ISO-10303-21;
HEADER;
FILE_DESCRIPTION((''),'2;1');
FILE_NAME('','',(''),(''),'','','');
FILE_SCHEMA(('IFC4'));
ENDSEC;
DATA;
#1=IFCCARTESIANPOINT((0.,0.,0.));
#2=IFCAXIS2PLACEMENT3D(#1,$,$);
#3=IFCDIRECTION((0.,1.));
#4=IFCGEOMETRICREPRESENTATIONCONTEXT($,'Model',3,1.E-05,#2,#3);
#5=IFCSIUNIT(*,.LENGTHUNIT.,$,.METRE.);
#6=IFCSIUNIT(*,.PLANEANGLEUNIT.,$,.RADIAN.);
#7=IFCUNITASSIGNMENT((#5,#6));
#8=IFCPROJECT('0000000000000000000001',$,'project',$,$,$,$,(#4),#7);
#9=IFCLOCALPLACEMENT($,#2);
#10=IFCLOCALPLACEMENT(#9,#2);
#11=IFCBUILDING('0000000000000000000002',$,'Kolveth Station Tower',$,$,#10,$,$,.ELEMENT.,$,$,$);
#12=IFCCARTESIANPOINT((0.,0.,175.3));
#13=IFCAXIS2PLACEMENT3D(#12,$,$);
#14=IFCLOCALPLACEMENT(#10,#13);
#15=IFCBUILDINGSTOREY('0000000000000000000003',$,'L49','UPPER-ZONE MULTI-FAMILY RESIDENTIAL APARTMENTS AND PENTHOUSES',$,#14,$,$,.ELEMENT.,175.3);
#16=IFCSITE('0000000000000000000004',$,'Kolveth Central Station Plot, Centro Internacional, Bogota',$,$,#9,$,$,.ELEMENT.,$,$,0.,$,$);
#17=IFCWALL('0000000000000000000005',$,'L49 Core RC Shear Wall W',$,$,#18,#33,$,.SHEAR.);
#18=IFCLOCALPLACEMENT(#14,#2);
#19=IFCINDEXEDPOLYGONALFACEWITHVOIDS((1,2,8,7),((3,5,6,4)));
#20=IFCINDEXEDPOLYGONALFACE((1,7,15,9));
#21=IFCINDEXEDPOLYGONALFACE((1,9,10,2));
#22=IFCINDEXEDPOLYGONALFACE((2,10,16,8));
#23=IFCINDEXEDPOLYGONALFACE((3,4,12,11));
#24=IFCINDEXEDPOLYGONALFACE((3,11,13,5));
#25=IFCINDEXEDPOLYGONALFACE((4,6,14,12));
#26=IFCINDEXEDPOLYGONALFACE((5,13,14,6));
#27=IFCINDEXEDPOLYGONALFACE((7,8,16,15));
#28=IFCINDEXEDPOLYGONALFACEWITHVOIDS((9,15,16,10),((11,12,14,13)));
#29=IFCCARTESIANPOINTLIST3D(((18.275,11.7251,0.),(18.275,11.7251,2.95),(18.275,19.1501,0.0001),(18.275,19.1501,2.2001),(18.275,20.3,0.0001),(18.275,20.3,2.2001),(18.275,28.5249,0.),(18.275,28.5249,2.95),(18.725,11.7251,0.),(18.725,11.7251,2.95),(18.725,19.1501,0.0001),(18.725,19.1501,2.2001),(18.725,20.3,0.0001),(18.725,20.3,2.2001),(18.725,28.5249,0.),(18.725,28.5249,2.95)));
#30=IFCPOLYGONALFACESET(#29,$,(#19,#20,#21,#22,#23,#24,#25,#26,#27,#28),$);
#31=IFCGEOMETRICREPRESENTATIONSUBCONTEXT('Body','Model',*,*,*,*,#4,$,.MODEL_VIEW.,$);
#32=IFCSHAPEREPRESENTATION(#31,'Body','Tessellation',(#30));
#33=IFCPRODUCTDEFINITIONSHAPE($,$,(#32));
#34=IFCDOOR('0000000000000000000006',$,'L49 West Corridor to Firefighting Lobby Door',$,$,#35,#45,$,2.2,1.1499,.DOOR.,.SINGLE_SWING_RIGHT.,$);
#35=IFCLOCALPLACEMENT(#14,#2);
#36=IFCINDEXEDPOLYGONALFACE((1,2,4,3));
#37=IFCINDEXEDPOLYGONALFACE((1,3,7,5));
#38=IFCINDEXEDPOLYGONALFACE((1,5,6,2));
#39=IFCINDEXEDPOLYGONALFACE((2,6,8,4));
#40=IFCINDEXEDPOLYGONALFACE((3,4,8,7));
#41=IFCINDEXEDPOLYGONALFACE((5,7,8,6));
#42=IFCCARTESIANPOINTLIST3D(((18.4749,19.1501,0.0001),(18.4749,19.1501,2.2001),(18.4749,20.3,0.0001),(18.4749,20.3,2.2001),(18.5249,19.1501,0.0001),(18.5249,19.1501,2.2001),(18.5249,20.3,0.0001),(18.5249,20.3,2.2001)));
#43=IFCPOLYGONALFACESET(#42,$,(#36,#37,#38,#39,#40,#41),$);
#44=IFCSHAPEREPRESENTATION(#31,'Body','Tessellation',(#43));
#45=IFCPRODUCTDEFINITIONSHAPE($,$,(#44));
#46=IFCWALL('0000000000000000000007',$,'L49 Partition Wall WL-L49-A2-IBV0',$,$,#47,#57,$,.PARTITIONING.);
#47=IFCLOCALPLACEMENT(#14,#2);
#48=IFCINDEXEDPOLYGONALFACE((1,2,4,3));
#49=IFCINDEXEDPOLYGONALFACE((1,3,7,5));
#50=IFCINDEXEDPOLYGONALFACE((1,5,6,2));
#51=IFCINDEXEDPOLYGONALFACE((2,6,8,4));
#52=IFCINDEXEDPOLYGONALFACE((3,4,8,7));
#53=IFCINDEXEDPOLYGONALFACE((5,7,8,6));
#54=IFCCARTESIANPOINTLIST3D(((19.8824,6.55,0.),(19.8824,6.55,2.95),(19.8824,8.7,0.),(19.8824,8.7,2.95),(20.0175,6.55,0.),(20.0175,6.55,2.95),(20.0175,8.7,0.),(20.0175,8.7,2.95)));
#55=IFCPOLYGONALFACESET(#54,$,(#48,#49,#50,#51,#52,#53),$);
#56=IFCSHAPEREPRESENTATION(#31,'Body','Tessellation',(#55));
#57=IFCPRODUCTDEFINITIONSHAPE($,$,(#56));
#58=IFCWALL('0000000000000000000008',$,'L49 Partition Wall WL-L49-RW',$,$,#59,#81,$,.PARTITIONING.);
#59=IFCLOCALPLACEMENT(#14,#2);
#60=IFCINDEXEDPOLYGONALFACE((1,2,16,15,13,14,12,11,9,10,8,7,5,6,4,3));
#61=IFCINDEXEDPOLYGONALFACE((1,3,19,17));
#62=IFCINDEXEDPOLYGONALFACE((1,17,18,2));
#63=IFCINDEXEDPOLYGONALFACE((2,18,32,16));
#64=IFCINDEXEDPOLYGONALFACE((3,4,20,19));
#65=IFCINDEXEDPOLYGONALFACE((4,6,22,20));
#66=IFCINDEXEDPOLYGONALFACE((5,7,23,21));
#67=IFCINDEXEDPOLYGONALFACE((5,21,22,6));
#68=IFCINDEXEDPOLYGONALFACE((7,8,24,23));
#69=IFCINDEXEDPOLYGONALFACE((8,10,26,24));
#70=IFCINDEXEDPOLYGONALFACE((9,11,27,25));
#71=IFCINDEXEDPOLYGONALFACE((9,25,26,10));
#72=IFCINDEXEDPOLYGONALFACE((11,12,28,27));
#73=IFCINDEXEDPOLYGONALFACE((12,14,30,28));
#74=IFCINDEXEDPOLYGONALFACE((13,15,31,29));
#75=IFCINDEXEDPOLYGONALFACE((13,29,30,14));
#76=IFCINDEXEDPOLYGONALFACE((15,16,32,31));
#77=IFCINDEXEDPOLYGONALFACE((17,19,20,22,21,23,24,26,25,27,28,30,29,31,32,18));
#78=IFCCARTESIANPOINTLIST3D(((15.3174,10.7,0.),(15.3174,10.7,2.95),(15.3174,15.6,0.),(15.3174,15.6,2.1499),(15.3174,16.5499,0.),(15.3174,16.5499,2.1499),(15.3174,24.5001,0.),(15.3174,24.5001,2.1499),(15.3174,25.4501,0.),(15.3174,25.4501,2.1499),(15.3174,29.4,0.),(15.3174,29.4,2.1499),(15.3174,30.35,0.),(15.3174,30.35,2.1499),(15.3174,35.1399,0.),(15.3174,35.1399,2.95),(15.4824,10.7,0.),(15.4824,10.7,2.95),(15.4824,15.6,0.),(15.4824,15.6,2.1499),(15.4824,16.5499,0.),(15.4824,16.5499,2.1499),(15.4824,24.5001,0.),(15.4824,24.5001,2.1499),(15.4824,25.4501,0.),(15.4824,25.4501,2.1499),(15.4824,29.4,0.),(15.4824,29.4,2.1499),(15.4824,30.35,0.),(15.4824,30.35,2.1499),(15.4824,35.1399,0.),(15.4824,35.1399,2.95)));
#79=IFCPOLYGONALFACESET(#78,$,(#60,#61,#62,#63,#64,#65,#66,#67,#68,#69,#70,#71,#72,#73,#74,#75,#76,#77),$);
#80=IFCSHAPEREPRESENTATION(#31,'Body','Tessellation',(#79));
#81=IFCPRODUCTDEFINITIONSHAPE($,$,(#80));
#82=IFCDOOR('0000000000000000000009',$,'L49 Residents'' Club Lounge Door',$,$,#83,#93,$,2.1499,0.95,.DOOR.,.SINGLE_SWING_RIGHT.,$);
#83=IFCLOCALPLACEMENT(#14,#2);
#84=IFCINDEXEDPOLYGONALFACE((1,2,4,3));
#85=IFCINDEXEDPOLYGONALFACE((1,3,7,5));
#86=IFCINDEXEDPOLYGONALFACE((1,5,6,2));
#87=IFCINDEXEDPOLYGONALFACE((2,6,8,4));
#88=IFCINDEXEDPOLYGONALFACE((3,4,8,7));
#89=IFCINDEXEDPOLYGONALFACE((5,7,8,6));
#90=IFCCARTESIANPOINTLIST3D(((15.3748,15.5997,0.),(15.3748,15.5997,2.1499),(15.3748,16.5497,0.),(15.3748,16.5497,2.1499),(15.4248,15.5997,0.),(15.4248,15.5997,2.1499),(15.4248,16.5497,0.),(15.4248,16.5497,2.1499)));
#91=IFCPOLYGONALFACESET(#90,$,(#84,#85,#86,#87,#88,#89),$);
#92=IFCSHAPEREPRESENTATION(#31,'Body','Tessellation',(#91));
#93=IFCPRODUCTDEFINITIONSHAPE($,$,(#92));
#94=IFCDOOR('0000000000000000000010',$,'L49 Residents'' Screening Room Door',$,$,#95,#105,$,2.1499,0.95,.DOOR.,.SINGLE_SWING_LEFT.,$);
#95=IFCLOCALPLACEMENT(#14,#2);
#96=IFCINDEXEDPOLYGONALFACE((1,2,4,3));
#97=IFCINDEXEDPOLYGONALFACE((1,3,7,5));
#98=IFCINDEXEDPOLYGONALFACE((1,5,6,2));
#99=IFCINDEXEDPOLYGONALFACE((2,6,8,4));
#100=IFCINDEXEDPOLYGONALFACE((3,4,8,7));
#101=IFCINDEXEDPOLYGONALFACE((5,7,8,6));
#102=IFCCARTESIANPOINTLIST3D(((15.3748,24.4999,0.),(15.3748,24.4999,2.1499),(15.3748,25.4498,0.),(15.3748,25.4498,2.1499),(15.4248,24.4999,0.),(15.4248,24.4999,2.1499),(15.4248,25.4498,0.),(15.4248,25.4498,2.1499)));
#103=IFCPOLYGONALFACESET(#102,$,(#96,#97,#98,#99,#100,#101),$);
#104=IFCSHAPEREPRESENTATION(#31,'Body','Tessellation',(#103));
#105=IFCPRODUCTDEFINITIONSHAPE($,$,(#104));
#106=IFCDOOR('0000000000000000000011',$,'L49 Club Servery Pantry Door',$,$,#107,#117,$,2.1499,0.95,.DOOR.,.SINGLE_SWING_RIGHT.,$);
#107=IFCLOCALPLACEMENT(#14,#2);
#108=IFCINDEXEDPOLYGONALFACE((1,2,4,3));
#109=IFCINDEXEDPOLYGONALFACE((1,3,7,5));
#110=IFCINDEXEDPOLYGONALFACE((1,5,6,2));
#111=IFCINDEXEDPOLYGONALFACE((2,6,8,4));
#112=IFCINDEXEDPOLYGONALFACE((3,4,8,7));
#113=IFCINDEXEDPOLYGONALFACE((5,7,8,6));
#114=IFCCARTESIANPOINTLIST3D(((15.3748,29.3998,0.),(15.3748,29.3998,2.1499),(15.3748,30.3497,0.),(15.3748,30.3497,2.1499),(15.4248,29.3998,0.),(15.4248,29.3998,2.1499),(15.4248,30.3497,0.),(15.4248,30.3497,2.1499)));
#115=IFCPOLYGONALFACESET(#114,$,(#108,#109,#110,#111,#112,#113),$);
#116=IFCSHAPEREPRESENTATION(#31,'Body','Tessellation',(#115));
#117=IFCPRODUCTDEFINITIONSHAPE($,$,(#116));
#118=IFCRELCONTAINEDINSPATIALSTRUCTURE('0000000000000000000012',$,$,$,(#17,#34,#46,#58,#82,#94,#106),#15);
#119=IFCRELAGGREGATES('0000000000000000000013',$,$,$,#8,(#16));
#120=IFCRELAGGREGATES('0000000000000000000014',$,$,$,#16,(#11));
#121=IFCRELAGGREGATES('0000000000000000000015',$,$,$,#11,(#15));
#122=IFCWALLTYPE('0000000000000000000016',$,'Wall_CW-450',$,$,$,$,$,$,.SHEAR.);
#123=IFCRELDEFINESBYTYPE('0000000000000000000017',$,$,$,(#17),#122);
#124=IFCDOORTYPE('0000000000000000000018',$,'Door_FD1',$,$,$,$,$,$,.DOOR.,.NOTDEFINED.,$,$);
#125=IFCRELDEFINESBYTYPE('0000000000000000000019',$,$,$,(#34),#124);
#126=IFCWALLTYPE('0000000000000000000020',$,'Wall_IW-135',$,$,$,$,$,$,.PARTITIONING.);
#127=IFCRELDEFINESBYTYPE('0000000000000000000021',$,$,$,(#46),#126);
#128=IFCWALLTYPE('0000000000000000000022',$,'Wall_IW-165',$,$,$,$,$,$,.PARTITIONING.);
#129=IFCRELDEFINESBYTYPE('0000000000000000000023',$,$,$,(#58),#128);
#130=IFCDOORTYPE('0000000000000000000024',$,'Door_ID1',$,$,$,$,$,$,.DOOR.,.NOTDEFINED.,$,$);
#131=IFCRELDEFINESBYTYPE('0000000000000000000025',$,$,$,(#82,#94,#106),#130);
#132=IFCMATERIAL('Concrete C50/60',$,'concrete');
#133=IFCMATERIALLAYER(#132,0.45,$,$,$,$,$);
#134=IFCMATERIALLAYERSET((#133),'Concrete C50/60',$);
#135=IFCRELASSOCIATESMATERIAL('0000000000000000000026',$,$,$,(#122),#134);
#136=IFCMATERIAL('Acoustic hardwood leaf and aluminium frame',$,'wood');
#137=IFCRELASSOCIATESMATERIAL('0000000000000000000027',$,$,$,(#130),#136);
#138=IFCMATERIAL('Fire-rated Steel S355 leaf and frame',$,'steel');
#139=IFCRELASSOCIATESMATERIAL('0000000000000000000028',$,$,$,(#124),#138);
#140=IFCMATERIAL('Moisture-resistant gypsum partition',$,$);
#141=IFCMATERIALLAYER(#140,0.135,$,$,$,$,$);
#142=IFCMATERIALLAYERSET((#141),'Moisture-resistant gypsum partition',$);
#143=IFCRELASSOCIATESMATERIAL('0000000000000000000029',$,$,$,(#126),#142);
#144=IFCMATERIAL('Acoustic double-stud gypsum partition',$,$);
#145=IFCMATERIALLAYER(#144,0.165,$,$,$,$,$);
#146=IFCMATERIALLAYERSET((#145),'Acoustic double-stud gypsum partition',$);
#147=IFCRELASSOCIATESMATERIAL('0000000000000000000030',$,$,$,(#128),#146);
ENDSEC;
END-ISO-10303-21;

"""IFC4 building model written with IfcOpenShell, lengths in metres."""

from ifc_helpers import new_model, si_unit, direction, frame, frame_2d, origin, place, context, subcontext, project, spatial, rectangle, extrude, material, layer, layer_set, type_object, element, fill, save


model = new_model("IFC4")

# Units and contexts
model_context = context("Model", 3, precision=1e-05, world=origin(), true_north=direction((0.0, 1.0)))
body_context = subcontext(model_context, "Body", "Model", "MODEL_VIEW")
ifc_project = project(units=[si_unit("LENGTHUNIT", "METRE"), si_unit("PLANEANGLEUNIT", "RADIAN")], contexts=[model_context])

# Site, building, storey
site_placement = place(None, origin())
site = spatial("IfcSite", under=ifc_project, at=site_placement, Name="Kolveth Central Station Plot, Centro Internacional, Bogota", CompositionType="ELEMENT", RefElevation=0.0)
building_placement = place(site_placement, origin())
building = spatial("IfcBuilding", under=site, at=building_placement, Name="Kolveth Station Tower", CompositionType="ELEMENT")
storey_placement = place(building_placement, frame((0.0, 0.0, 175.3)))
storey = spatial("IfcBuildingStorey", under=building, at=storey_placement, Name="L49", Description="UPPER-ZONE MULTI-FAMILY RESIDENTIAL APARTMENTS AND PENTHOUSES", CompositionType="ELEMENT", Elevation=175.3)

# Shared definitions
ifc_material_1 = material(Name="Concrete C50/60", Category="concrete")
ifc_layer_1 = layer(ifc_material_1, 0.45)
ifc_layer_set_1 = layer_set([ifc_layer_1], Name="Concrete C50/60")
wall_type_1 = type_object("IfcWallType", Name="Wall_CW-450", PredefinedType="SHEAR", material=ifc_layer_set_1)
ifc_material_2 = material(Name="Acoustic hardwood leaf and aluminium frame", Category="wood")
door_type_1 = type_object("IfcDoorType", Name="Door_ID1", OperationType="NOTDEFINED", PredefinedType="DOOR", material=ifc_material_2)

# Wall, opening, door
wall_1_placement = place(storey_placement, frame((18.5, 11.7251, 0.0), z_axis=(0.0, 0.0, 1.0), x_axis=(0.0, 1.0, 0.0)))
wall_1 = element("IfcWall", 1, at=wall_1_placement, inside=storey, type_object=wall_type_1, Name="L49 Core RC Shear Wall W", PredefinedType="SHEAR", context=body_context, shape_type="SweptSolid", body=[
    extrude(rectangle(XDim=16.7998, YDim=0.45, at=frame_2d((8.3999, 0.0))), origin(), (0.0, 0.0, 1.0), 2.95),
])
opening_1_placement = place(wall_1_placement, frame((7.425, 0.0, 0.0)))
opening_1 = element("IfcOpeningElement", 2, at=opening_1_placement, cuts=wall_1, PredefinedType="OPENING", context=body_context, shape_type="SweptSolid", body=[
    extrude(rectangle(XDim=1.1499, YDim=2.2, at=frame_2d((0.575, 1.1001))), frame((0.0, 0.2349, 0.0), z_axis=(0.0, -1.0, 0.0), x_axis=(1.0, 0.0, 0.0)), (0.0, 0.0, 1.0), 0.47),
])
ifc_material_3 = material(Name="Fire-rated Steel S355 leaf and frame", Category="steel")
door_type_2 = type_object("IfcDoorType", Name="Door_FD1", OperationType="NOTDEFINED", PredefinedType="DOOR", material=ifc_material_3)
door_1_placement = place(opening_1_placement, frame((1.1499, 0.0, 0.0), z_axis=(0.0, 0.0, 1.0), x_axis=(-1.0, 0.0, 0.0)))
door_1 = element("IfcDoor", 3, at=door_1_placement, inside=storey, type_object=door_type_2, Name="L49 West Corridor to Firefighting Lobby Door", OperationType="SINGLE_SWING_RIGHT", OverallHeight=2.2, OverallWidth=1.1499, PredefinedType="DOOR", context=body_context, shape_type="SweptSolid", body=[
    extrude(rectangle(XDim=1.1499, YDim=2.2, at=frame_2d((0.575, 1.1001))), frame((0.0, 0.0249, 0.0), z_axis=(0.0, -1.0, 0.0), x_axis=(1.0, 0.0, 0.0)), (0.0, 0.0, 1.0), 0.05),
])
fill(opening_1, door_1)
ifc_material_4 = material(Name="Moisture-resistant gypsum partition")
ifc_layer_2 = layer(ifc_material_4, 0.135)
ifc_layer_set_2 = layer_set([ifc_layer_2], Name="Moisture-resistant gypsum partition")
wall_type_2 = type_object("IfcWallType", Name="Wall_IW-135", PredefinedType="PARTITIONING", material=ifc_layer_set_2)

# Wall
wall_2_placement = place(storey_placement, frame((19.95, 6.55, 0.0), z_axis=(0.0, 0.0, 1.0), x_axis=(0.0, 1.0, 0.0)))
element("IfcWall", 4, at=wall_2_placement, inside=storey, type_object=wall_type_2, Name="L49 Partition Wall WL-L49-A2-IBV0", PredefinedType="PARTITIONING", context=body_context, shape_type="SweptSolid", body=[
    extrude(rectangle(XDim=2.1499, YDim=0.135, at=frame_2d((1.075, 0.0))), origin(), (0.0, 0.0, 1.0), 2.95),
])

# Wall, openings, doors
ifc_material_5 = material(Name="Acoustic double-stud gypsum partition")
ifc_layer_3 = layer(ifc_material_5, 0.165)
ifc_layer_set_3 = layer_set([ifc_layer_3], Name="Acoustic double-stud gypsum partition")
wall_type_3 = type_object("IfcWallType", Name="Wall_IW-165", PredefinedType="PARTITIONING", material=ifc_layer_set_3)
wall_3_placement = place(storey_placement, frame((15.3999, 10.7, 0.0), z_axis=(0.0, 0.0, 1.0), x_axis=(0.0, 1.0, 0.0)))
wall_3 = element("IfcWall", 5, at=wall_3_placement, inside=storey, type_object=wall_type_3, Name="L49 Partition Wall WL-L49-RW", PredefinedType="PARTITIONING", context=body_context, shape_type="SweptSolid", body=[
    extrude(rectangle(XDim=24.4399, YDim=0.165, at=frame_2d((12.22, 0.0))), origin(), (0.0, 0.0, 1.0), 2.95),
])
opening_2_placement = place(wall_3_placement, frame((4.8999, 0.0, 0.0)))
opening_2 = element("IfcOpeningElement", 6, at=opening_2_placement, cuts=wall_3, PredefinedType="OPENING", context=body_context, shape_type="SweptSolid", body=[
    extrude(rectangle(XDim=0.95, YDim=2.1499, at=frame_2d((0.4751, 1.075))), frame((0.0, 0.0925, 0.0), z_axis=(0.0, -1.0, 0.0), x_axis=(1.0, 0.0, 0.0)), (0.0, 0.0, 1.0), 0.1851),
])
opening_3_placement = place(wall_3_placement, frame((13.8, 0.0, 0.0)))
opening_3 = element("IfcOpeningElement", 7, at=opening_3_placement, cuts=wall_3, PredefinedType="OPENING", context=body_context, shape_type="SweptSolid", body=[
    extrude(rectangle(XDim=0.95, YDim=2.1499, at=frame_2d((0.4751, 1.075))), frame((0.0, 0.0925, 0.0), z_axis=(0.0, -1.0, 0.0), x_axis=(1.0, 0.0, 0.0)), (0.0, 0.0, 1.0), 0.1851),
])
opening_4_placement = place(wall_3_placement, frame((18.7, 0.0, 0.0)))
opening_4 = element("IfcOpeningElement", 8, at=opening_4_placement, cuts=wall_3, PredefinedType="OPENING", context=body_context, shape_type="SweptSolid", body=[
    extrude(rectangle(XDim=0.95, YDim=2.1499, at=frame_2d((0.4751, 1.075))), frame((0.0, 0.0925, 0.0), z_axis=(0.0, -1.0, 0.0), x_axis=(1.0, 0.0, 0.0)), (0.0, 0.0, 1.0), 0.1851),
])
door_2_placement = place(opening_2_placement, frame((0.95, 0.0, 0.0), z_axis=(0.0, 0.0, 1.0), x_axis=(-1.0, 0.0, 0.0)))
door_2 = element("IfcDoor", 9, at=door_2_placement, inside=storey, type_object=door_type_1, Name="L49 Residents' Club Lounge Door", OperationType="SINGLE_SWING_RIGHT", OverallHeight=2.1499, OverallWidth=0.95, PredefinedType="DOOR", context=body_context, shape_type="SweptSolid", body=[
    extrude(rectangle(XDim=0.95, YDim=2.1499, at=frame_2d((0.4751, 1.075))), frame((0.0, 0.0249, 0.0), z_axis=(0.0, -1.0, 0.0), x_axis=(1.0, 0.0, 0.0)), (0.0, 0.0, 1.0), 0.05),
])
fill(opening_2, door_2)
door_3_placement = place(opening_3_placement, frame((0.95, 0.0, 0.0), z_axis=(0.0, 0.0, 1.0), x_axis=(-1.0, 0.0, 0.0)))
door_3 = element("IfcDoor", 10, at=door_3_placement, inside=storey, type_object=door_type_1, Name="L49 Residents' Screening Room Door", OperationType="SINGLE_SWING_LEFT", OverallHeight=2.1499, OverallWidth=0.95, PredefinedType="DOOR", context=body_context, shape_type="SweptSolid", body=[
    extrude(rectangle(XDim=0.95, YDim=2.1499, at=frame_2d((0.4751, 1.075))), frame((0.0, 0.0249, 0.0), z_axis=(0.0, -1.0, 0.0), x_axis=(1.0, 0.0, 0.0)), (0.0, 0.0, 1.0), 0.05),
])
fill(opening_3, door_3)
door_4_placement = place(opening_4_placement, frame((0.95, 0.0, 0.0), z_axis=(0.0, 0.0, 1.0), x_axis=(-1.0, 0.0, 0.0)))
door_4 = element("IfcDoor", 11, at=door_4_placement, inside=storey, type_object=door_type_1, Name="L49 Club Servery Pantry Door", OperationType="SINGLE_SWING_RIGHT", OverallHeight=2.1499, OverallWidth=0.95, PredefinedType="DOOR", context=body_context, shape_type="SweptSolid", body=[
    extrude(rectangle(XDim=0.95, YDim=2.1499, at=frame_2d((0.4751, 1.075))), frame((0.0, 0.0249, 0.0), z_axis=(0.0, -1.0, 0.0), x_axis=(1.0, 0.0, 0.0)), (0.0, 0.0, 1.0), 0.05),
])
fill(opening_4, door_4)

save(model, "model.ifc")
